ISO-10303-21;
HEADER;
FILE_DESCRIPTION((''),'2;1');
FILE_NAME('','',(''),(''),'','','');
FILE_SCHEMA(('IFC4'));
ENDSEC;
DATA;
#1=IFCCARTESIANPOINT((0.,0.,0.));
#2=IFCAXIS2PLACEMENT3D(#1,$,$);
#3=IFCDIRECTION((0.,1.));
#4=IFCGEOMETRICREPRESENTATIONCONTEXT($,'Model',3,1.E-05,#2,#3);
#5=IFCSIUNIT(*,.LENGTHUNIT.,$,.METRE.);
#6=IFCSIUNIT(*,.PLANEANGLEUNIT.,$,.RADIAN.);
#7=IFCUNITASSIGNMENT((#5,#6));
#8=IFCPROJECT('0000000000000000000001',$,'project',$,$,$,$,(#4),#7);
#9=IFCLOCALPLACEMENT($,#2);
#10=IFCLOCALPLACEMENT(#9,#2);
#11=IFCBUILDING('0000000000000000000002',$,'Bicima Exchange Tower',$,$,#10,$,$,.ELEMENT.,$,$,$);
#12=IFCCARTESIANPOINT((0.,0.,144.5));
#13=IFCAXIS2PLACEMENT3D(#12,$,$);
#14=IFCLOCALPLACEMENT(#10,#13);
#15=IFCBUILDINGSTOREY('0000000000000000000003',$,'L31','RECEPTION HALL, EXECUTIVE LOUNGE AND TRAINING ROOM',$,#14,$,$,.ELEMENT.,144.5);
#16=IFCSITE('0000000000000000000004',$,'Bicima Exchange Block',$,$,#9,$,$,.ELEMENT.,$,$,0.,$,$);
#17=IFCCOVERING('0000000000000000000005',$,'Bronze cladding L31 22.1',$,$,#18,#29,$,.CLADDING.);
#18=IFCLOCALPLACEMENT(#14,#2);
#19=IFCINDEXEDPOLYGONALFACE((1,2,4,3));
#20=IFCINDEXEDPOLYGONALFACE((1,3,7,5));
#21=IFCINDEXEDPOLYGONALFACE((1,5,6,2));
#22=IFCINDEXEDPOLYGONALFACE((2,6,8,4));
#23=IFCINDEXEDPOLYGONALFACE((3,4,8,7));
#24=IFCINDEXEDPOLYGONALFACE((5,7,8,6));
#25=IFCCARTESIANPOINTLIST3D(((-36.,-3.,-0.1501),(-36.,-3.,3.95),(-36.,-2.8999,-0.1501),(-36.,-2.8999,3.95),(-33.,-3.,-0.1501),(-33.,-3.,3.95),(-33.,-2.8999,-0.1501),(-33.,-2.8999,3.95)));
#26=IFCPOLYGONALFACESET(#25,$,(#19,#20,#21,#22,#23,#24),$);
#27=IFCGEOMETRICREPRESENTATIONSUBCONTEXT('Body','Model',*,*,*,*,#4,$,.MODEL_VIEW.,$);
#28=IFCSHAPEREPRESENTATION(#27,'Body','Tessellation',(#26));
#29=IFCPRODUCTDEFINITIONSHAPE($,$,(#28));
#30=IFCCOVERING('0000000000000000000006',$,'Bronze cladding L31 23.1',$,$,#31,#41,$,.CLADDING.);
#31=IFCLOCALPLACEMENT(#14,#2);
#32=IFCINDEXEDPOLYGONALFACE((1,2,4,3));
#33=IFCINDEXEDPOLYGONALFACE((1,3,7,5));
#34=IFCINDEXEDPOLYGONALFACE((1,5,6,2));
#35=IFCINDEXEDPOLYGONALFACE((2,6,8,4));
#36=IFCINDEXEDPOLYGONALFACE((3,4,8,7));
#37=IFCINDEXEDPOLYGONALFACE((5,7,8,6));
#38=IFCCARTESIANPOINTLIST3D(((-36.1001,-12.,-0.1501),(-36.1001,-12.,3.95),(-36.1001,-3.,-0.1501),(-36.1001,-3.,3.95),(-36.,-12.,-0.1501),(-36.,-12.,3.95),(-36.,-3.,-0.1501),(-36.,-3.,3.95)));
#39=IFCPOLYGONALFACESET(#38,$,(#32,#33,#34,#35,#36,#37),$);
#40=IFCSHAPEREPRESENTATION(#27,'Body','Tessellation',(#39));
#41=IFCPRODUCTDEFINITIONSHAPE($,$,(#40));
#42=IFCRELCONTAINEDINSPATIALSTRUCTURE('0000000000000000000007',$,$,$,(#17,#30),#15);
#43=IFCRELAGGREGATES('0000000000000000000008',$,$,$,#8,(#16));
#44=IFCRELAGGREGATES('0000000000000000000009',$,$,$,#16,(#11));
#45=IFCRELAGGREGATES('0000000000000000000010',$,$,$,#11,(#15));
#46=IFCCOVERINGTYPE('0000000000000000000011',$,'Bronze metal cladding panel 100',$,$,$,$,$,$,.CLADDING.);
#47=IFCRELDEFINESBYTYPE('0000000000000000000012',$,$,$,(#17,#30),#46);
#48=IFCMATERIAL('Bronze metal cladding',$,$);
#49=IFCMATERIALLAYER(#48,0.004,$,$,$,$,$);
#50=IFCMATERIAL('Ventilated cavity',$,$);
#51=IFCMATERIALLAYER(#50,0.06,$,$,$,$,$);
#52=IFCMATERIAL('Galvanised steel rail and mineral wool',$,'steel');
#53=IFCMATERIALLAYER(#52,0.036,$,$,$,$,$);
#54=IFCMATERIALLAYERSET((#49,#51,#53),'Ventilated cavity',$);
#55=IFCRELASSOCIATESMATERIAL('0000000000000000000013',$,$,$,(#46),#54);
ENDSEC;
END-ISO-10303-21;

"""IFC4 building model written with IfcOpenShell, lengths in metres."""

from ifc_helpers import new_model, si_unit, direction, frame, origin, origin_2d, place, context, subcontext, project, spatial, rectangle, extrude, material, layer, layer_set, type_object, element, save


model = new_model("IFC4")

# Units and contexts
model_context = context("Model", 3, precision=1e-05, world=origin(), true_north=direction((0.0, 1.0)))
body_context = subcontext(model_context, "Body", "Model", "MODEL_VIEW")
ifc_project = project(units=[si_unit("LENGTHUNIT", "METRE"), si_unit("PLANEANGLEUNIT", "RADIAN")], contexts=[model_context])

# Site, building, storey
site_placement = place(None, origin())
site = spatial("IfcSite", under=ifc_project, at=site_placement, Name="Bicima Exchange Block", CompositionType="ELEMENT", RefElevation=0.0)
building_placement = place(site_placement, origin())
building = spatial("IfcBuilding", under=site, at=building_placement, Name="Bicima Exchange Tower", CompositionType="ELEMENT")
storey_placement = place(building_placement, frame((0.0, 0.0, 144.5)))
storey = spatial("IfcBuildingStorey", under=building, at=storey_placement, Name="L31", Description="RECEPTION HALL, EXECUTIVE LOUNGE AND TRAINING ROOM", CompositionType="ELEMENT", Elevation=144.5)

# Coverings
ifc_material_1 = material(Name="Bronze metal cladding")
ifc_layer_1 = layer(ifc_material_1, 0.004)
ifc_material_2 = material(Name="Ventilated cavity")
ifc_layer_2 = layer(ifc_material_2, 0.06)
ifc_material_3 = material(Name="Galvanised steel rail and mineral wool", Category="steel")
ifc_layer_3 = layer(ifc_material_3, 0.036)
ifc_layer_set_1 = layer_set([ifc_layer_1, ifc_layer_2, ifc_layer_3], Name="Ventilated cavity")
covering_type = type_object("IfcCoveringType", Name="Bronze metal cladding panel 100", PredefinedType="CLADDING", material=ifc_layer_set_1)
covering_1_placement = place(storey_placement, frame((-34.5, -2.95, -0.1501), z_axis=(0.0, 0.0, 1.0), x_axis=(-1.0, 0.0, 0.0)))
element("IfcCovering", 1, at=covering_1_placement, inside=storey, type_object=covering_type, Name="Bronze cladding L31 22.1", PredefinedType="CLADDING", context=body_context, shape_type="SweptSolid", body=[
    extrude(rectangle(XDim=3.0, YDim=0.1001, at=origin_2d()), origin(), (0.0, 0.0, 1.0), 4.1001),
])
covering_2_placement = place(storey_placement, frame((-36.05, -7.5, -0.1501), z_axis=(0.0, 0.0, 1.0), x_axis=(0.0, -1.0, 0.0)))
element("IfcCovering", 2, at=covering_2_placement, inside=storey, type_object=covering_type, Name="Bronze cladding L31 23.1", PredefinedType="CLADDING", context=body_context, shape_type="SweptSolid", body=[
    extrude(rectangle(XDim=9.0, YDim=0.1001, at=origin_2d()), origin(), (0.0, 0.0, 1.0), 4.1001),
])

save(model, "model.ifc")
